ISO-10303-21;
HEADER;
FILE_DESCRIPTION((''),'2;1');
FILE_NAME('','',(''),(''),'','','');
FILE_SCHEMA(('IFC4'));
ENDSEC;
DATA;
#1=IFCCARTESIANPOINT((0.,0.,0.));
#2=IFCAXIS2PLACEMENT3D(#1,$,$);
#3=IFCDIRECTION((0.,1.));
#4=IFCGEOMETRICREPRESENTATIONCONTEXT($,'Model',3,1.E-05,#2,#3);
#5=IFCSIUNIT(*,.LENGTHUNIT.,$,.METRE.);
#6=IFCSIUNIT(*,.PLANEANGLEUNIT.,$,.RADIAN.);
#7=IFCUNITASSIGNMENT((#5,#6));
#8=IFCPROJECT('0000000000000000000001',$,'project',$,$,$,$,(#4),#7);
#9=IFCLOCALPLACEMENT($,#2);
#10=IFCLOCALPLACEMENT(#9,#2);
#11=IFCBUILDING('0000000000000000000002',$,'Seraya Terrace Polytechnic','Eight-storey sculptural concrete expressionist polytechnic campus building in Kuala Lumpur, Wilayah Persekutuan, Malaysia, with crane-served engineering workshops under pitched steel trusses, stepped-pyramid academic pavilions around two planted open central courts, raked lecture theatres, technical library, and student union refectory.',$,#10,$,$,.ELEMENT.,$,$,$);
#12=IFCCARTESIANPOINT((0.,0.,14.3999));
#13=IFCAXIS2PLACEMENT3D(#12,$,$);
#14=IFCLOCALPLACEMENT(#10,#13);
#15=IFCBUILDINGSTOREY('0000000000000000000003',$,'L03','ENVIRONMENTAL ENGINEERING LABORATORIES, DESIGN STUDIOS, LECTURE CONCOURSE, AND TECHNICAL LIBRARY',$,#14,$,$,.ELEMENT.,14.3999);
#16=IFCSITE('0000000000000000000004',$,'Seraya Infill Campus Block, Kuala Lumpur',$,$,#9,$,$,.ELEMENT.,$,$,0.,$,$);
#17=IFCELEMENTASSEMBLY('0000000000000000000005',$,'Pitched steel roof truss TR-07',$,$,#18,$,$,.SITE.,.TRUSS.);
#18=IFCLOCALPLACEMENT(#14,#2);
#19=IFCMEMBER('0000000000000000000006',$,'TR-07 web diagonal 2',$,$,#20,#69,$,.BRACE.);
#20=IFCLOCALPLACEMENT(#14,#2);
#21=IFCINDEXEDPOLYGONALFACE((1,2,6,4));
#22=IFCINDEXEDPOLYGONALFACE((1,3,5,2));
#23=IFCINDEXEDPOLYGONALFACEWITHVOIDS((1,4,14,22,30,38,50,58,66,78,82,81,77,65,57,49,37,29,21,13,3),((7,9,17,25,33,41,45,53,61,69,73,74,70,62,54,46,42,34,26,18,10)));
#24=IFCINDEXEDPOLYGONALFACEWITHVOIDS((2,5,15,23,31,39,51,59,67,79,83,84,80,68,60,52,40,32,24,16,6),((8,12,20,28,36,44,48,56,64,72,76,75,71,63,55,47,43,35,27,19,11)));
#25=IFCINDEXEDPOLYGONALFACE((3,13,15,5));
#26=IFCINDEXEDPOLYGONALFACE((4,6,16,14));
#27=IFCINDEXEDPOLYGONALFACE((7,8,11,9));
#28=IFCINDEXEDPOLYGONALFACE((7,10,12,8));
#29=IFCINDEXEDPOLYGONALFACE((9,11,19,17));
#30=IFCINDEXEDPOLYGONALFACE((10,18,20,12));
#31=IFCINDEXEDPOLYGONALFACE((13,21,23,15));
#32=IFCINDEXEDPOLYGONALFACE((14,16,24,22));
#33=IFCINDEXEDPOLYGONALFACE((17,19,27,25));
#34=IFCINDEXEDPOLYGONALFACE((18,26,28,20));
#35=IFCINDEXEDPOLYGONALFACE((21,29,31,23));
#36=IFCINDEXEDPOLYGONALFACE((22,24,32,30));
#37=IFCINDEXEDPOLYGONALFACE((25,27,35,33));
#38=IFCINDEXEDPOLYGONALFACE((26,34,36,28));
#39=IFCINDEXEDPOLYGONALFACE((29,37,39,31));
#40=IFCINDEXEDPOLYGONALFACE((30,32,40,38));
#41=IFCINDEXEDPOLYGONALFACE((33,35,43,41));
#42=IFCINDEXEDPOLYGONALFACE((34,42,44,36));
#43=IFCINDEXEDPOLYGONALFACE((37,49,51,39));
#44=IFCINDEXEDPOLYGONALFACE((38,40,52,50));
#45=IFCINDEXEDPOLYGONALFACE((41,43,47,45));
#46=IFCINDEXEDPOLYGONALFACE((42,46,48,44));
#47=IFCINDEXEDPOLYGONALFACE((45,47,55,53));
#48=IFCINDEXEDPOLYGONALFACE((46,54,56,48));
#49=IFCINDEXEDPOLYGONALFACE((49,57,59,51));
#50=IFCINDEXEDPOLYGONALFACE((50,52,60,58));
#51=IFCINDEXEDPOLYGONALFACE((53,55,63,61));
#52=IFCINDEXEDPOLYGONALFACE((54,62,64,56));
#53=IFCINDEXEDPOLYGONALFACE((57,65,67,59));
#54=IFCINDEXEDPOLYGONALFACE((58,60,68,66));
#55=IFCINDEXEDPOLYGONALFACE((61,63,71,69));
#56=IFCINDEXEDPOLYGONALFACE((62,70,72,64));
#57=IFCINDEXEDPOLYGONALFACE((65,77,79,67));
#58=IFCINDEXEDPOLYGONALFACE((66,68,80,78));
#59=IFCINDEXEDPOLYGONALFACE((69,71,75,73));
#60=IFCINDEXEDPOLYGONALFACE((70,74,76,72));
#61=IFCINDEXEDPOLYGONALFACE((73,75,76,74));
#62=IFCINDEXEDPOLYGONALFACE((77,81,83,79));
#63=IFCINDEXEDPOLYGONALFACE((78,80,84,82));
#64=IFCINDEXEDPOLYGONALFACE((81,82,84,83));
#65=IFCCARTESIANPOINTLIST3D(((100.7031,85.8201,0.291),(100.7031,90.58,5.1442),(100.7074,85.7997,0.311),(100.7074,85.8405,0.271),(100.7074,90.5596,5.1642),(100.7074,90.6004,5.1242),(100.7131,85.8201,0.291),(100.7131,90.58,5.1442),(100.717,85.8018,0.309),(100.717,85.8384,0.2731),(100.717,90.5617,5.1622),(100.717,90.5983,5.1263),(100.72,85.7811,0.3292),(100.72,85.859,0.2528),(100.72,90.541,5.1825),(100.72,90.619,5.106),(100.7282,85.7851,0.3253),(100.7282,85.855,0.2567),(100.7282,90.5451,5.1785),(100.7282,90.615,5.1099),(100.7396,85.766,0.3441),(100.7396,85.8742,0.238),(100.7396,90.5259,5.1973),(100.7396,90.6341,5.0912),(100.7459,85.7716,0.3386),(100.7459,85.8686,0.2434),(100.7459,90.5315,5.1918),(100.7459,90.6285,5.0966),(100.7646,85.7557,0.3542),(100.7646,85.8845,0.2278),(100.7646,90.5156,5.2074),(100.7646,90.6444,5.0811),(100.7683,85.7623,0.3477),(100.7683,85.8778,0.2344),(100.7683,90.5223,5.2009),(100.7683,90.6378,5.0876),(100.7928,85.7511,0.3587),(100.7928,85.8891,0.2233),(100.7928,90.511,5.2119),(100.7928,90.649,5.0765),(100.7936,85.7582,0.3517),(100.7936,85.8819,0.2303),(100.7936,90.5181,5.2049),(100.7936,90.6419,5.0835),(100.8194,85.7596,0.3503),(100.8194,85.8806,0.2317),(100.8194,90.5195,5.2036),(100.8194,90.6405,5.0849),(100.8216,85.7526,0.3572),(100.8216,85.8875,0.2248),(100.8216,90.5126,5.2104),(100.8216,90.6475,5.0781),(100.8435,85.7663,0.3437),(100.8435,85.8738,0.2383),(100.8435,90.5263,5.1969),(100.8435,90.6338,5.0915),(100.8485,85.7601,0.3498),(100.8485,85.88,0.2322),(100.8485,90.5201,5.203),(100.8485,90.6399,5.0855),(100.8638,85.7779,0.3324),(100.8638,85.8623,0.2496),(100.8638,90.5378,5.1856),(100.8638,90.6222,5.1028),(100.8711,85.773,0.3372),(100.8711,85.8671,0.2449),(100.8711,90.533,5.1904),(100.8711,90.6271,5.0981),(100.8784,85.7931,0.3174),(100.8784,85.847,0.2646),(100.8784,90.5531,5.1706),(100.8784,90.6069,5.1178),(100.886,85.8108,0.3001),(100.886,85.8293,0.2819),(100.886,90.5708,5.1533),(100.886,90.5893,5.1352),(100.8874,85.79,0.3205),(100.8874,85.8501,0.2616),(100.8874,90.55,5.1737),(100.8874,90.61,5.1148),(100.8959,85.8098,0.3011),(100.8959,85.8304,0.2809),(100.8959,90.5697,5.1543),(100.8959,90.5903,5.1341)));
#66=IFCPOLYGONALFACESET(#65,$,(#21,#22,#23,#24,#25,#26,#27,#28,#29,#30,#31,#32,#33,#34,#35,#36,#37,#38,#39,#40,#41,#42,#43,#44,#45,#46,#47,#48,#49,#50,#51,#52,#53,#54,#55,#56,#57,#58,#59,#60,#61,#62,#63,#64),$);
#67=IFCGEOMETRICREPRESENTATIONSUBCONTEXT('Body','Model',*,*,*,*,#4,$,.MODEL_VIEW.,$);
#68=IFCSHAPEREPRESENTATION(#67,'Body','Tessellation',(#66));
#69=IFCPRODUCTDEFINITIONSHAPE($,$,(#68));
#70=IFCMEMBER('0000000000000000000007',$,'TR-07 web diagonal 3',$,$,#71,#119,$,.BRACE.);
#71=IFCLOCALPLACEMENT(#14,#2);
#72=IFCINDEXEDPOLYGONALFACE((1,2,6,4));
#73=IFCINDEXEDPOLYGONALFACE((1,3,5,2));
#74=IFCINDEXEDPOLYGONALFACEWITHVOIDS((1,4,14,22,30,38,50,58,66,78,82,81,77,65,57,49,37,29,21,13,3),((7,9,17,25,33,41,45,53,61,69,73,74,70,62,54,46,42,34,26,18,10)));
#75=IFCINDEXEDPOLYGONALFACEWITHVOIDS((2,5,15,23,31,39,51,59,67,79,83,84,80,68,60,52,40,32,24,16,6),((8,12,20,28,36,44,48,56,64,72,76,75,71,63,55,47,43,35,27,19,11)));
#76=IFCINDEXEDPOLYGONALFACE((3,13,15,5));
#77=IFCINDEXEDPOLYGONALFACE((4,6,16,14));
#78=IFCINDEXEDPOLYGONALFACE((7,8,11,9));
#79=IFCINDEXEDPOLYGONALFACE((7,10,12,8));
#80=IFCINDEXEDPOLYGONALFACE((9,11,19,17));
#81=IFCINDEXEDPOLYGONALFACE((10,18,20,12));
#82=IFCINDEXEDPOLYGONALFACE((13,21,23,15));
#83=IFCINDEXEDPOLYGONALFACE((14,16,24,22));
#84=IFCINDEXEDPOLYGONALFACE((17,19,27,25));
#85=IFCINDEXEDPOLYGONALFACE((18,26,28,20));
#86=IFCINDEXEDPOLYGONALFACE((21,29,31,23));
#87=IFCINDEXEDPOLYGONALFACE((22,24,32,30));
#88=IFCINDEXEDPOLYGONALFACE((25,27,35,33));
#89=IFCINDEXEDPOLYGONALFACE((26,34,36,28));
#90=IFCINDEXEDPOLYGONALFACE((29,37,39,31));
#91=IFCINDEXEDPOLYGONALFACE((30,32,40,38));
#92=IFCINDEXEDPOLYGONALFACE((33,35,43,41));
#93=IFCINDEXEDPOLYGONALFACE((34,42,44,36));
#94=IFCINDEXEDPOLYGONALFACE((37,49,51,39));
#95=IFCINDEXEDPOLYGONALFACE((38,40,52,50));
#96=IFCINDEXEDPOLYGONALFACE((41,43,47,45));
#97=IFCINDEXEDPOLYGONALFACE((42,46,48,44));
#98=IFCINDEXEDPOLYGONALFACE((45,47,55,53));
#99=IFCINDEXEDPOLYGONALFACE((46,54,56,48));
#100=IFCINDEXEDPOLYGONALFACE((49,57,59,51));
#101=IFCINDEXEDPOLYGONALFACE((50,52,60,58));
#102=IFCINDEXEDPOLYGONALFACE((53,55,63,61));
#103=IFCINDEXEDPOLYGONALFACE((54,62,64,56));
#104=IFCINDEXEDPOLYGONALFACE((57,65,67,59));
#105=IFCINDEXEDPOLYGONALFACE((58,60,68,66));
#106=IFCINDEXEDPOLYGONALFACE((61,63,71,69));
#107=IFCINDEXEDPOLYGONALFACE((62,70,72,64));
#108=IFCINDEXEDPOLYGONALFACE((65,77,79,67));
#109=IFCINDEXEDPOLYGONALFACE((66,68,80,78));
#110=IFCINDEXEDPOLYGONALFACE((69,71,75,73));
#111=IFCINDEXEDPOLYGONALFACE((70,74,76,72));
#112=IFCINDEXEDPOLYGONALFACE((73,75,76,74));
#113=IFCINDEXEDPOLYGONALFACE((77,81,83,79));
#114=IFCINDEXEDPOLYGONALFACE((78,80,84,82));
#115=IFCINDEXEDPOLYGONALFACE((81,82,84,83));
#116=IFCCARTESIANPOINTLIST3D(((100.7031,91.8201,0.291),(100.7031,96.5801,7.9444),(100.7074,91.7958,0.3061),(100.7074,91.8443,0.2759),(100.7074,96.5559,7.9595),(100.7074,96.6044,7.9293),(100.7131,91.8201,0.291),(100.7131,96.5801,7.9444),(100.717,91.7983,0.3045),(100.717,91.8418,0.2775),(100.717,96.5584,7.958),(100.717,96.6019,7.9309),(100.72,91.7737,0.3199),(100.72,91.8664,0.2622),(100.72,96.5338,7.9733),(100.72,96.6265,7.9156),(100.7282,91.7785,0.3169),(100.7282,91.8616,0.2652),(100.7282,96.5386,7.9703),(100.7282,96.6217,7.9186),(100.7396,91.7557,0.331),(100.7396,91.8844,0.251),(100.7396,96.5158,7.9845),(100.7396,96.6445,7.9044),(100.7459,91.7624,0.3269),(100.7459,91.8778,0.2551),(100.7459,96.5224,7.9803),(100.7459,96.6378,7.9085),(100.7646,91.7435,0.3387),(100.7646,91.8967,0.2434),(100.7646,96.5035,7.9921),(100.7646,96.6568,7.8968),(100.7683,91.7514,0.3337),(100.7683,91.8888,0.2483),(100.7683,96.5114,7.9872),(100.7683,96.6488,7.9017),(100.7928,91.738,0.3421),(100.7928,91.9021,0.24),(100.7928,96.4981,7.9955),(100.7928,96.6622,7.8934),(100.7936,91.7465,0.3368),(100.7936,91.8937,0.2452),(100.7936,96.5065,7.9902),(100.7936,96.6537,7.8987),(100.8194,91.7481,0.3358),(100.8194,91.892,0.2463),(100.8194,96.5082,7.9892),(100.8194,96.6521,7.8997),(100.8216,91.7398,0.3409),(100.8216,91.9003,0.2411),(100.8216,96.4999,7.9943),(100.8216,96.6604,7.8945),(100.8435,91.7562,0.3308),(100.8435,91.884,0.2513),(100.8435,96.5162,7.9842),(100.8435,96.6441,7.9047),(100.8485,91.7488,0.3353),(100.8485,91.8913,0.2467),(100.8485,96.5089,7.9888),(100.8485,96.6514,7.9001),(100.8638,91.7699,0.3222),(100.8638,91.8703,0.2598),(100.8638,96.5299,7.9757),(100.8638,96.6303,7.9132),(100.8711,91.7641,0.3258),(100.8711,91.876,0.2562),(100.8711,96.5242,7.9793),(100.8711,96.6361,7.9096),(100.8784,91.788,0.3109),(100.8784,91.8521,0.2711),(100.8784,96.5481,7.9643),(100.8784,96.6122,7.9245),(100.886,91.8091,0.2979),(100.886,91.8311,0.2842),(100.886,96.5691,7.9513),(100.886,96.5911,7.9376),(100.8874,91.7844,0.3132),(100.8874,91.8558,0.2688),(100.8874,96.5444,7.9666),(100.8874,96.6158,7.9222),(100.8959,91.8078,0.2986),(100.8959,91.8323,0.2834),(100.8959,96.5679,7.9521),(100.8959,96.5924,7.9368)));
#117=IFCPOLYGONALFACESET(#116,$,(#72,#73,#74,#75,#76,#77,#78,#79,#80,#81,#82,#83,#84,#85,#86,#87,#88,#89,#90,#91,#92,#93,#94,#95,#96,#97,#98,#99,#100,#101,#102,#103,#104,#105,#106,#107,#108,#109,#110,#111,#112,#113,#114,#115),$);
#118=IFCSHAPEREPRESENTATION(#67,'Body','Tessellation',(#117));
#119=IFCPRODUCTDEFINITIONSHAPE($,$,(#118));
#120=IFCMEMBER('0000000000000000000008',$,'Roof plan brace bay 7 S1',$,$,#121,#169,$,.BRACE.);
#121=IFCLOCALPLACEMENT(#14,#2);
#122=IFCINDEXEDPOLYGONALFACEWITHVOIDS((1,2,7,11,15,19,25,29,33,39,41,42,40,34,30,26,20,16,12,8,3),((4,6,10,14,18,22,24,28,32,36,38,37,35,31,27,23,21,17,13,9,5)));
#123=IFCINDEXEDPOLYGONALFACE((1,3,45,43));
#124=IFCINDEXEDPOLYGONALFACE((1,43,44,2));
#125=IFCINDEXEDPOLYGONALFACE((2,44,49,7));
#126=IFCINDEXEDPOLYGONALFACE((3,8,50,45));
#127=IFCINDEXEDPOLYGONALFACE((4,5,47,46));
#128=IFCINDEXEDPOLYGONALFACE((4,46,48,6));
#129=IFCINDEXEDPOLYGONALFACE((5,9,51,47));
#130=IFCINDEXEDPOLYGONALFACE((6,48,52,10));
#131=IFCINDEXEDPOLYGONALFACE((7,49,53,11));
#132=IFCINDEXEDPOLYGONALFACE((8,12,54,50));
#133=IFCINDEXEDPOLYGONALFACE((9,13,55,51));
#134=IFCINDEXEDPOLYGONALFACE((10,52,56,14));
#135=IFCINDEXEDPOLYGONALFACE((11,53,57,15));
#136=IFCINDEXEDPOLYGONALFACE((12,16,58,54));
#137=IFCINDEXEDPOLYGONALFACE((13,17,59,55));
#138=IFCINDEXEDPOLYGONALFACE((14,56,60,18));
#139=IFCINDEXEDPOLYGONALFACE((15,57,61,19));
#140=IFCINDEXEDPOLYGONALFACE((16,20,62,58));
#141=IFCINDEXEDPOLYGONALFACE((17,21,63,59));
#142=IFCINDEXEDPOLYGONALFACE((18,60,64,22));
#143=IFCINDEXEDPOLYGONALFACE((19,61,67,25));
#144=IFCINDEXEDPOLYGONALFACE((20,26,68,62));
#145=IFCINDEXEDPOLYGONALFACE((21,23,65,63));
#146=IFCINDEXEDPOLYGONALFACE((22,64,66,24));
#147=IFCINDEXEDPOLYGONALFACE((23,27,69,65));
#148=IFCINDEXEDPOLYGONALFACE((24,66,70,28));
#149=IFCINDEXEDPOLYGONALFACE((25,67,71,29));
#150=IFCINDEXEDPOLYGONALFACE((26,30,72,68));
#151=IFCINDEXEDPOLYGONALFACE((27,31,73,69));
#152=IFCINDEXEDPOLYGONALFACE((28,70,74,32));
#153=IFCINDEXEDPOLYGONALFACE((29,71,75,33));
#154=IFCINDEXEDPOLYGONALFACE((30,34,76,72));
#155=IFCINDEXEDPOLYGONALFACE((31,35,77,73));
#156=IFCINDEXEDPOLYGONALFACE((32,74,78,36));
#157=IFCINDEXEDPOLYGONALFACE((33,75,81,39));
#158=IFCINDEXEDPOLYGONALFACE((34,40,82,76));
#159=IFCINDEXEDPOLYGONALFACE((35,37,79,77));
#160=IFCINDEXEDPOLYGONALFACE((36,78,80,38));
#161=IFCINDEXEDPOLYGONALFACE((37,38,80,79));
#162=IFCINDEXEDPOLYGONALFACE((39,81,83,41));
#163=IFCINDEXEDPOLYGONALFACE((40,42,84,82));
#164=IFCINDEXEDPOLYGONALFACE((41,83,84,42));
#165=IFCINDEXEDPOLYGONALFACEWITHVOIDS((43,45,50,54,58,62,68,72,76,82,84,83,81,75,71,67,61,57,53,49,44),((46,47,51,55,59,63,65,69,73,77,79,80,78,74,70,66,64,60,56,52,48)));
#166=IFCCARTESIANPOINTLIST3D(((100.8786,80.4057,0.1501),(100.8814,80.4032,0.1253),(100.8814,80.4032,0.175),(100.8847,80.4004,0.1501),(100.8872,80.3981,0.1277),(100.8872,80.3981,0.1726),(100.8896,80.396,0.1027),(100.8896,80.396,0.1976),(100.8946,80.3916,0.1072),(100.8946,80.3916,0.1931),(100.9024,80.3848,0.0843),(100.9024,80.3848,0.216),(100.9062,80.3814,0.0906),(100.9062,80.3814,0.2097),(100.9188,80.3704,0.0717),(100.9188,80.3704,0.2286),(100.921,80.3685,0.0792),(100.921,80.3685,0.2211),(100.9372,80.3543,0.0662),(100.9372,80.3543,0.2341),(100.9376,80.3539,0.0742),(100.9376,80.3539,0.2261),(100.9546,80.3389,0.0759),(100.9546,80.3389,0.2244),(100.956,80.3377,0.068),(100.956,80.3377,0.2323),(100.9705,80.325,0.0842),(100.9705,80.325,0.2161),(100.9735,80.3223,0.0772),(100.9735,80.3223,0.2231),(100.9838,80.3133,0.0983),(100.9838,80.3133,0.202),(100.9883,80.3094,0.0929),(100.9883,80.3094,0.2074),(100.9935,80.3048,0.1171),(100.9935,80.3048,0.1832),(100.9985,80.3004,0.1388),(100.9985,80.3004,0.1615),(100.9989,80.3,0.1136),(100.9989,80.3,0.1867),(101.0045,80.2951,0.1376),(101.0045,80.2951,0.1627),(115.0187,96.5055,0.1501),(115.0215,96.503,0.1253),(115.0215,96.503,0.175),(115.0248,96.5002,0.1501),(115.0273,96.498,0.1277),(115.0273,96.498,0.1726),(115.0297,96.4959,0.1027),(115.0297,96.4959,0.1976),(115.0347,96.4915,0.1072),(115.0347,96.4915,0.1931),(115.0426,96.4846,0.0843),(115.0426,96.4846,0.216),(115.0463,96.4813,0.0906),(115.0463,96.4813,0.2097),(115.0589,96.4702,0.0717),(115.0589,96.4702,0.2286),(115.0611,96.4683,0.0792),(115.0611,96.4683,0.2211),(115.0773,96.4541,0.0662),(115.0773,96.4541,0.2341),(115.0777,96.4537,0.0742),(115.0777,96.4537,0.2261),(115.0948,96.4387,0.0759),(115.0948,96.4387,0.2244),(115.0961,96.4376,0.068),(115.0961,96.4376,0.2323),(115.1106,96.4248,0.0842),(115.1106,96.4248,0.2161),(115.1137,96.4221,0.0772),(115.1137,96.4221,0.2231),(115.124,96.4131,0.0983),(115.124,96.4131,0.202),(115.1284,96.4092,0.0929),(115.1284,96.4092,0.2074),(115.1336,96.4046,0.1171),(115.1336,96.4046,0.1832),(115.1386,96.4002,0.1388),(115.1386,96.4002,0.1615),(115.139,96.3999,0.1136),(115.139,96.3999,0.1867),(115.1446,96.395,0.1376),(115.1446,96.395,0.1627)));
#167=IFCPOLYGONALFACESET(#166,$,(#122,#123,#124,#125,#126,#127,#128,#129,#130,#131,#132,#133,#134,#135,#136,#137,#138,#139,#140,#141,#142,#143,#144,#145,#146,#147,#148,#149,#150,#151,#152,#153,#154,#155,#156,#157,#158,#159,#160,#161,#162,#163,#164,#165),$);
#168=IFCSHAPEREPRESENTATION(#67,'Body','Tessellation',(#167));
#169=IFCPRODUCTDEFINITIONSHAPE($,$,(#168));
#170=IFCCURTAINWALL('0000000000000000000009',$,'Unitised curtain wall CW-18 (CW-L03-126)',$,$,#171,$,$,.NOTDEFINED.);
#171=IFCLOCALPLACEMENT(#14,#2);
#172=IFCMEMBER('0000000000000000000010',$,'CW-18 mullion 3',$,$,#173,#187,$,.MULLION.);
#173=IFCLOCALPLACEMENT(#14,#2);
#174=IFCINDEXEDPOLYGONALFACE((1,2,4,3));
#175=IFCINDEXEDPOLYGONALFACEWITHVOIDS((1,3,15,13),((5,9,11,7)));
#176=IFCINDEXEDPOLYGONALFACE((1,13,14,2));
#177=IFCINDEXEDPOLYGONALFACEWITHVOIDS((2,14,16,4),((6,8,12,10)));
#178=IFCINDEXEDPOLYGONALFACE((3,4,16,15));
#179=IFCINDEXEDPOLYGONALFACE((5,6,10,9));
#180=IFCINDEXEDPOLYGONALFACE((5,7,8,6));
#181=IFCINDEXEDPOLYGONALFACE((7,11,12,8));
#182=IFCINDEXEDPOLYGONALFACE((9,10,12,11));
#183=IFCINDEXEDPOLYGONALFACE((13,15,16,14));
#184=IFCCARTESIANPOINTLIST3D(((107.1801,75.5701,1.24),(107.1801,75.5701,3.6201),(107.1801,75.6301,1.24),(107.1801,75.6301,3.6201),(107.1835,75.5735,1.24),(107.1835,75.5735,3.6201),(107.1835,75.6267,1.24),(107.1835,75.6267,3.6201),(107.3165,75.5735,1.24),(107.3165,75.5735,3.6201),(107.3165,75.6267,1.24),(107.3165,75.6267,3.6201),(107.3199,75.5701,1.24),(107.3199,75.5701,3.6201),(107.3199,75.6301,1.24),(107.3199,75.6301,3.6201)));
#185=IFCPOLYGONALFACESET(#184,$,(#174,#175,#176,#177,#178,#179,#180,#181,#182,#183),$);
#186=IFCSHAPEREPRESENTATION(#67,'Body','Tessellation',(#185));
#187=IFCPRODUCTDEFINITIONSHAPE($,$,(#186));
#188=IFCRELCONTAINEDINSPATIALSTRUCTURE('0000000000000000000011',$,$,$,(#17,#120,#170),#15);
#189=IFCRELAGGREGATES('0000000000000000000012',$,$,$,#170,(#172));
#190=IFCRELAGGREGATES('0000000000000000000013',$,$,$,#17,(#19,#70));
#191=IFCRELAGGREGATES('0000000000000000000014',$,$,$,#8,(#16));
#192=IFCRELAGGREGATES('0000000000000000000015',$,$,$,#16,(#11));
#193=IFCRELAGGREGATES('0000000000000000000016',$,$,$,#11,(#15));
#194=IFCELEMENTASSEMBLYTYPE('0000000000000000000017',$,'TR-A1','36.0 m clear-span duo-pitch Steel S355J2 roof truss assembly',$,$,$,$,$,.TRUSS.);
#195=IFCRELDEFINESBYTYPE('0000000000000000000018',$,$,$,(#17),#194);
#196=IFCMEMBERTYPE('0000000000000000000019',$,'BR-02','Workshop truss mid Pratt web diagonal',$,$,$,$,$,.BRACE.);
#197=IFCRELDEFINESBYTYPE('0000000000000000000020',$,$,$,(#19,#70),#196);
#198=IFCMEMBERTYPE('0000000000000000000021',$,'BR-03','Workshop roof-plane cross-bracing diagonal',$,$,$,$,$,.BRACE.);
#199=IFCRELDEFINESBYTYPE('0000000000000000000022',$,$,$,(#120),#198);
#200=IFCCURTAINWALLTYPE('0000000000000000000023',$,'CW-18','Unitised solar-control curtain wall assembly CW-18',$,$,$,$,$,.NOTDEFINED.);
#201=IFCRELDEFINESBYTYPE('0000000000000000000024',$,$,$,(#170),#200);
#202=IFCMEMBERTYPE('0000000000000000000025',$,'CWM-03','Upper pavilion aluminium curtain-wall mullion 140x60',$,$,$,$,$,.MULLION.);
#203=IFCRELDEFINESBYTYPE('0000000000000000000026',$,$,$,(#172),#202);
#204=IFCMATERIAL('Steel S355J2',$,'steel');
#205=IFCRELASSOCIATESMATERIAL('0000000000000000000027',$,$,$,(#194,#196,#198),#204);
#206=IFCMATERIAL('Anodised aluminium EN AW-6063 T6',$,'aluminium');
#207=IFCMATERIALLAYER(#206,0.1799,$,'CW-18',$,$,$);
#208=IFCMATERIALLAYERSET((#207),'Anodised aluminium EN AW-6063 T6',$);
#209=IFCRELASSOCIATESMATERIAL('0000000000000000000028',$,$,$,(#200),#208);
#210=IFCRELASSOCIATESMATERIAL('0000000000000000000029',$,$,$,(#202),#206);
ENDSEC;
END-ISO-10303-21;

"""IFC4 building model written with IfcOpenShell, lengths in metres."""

from ifc_helpers import new_model, si_unit, direction, frame, origin, origin_2d, place, context, subcontext, project, spatial, hollow_rectangle, hollow_circle, extrude, material, layer, layer_set, material_profile, profile_set, type_object, element, aggregate, save


model = new_model("IFC4")

# Units and contexts
model_context = context("Model", 3, precision=1e-05, world=origin(), true_north=direction((0.0, 1.0)))
body_context = subcontext(model_context, "Body", "Model", "MODEL_VIEW")
ifc_project = project(units=[si_unit("LENGTHUNIT", "METRE"), si_unit("PLANEANGLEUNIT", "RADIAN")], contexts=[model_context])

# Site, building, storey
site_placement = place(None, origin())
site = spatial("IfcSite", under=ifc_project, at=site_placement, Name="Seraya Infill Campus Block, Kuala Lumpur", CompositionType="ELEMENT", RefElevation=0.0)
building_placement = place(site_placement, origin())
building = spatial("IfcBuilding", under=site, at=building_placement, Name="Seraya Terrace Polytechnic", Description="Eight-storey sculptural concrete expressionist polytechnic campus building in Kuala Lumpur, Wilayah Persekutuan, Malaysia, with crane-served engineering workshops under pitched steel trusses, stepped-pyramid academic pavilions around two planted open central courts, raked lecture theatres, technical library, and student union refectory.", CompositionType="ELEMENT")
storey_placement = place(building_placement, frame((0.0, 0.0, 14.3999)))
storey = spatial("IfcBuildingStorey", under=building, at=storey_placement, Name="L03", Description="ENVIRONMENTAL ENGINEERING LABORATORIES, DESIGN STUDIOS, LECTURE CONCOURSE, AND TECHNICAL LIBRARY", CompositionType="ELEMENT", Elevation=14.3999)

# Element assembly
ifc_material_1 = material(Name="Steel S355J2", Category="steel")
element_assembly_type = type_object("IfcElementAssemblyType", Name="TR-A1", Description="36.0 m clear-span duo-pitch Steel S355J2 roof truss assembly", PredefinedType="TRUSS", material=ifc_material_1)
assembly_placement = place(storey_placement, origin())
assembly = element("IfcElementAssembly", 1, at=assembly_placement, inside=storey, type_object=element_assembly_type, Name="Pitched steel roof truss TR-07", AssemblyPlace="SITE", PredefinedType="TRUSS")

# Members
ifc_material_profile_1 = material_profile(ifc_material_1, hollow_circle(Radius=0.0969, WallThickness=0.01, at=origin_2d()), Name="CHS 193.7x10.0")
ifc_profile_set_1 = profile_set([ifc_material_profile_1], Name="Steel S355J2")
member_type_1 = type_object("IfcMemberType", Name="BR-02", Description="Workshop truss mid Pratt web diagonal", PredefinedType="BRACE", material=ifc_profile_set_1)
member_1_placement = place(storey_placement, frame((100.8, 85.8201, 0.291), z_axis=(0.0, 0.700214, 0.713933), x_axis=(-1.0, 0.0, 0.0)))
member_1 = element("IfcMember", 2, at=member_1_placement, type_object=member_type_1, Name="TR-07 web diagonal 2", PredefinedType="BRACE", context=body_context, shape_type="SweptSolid", body=[
    extrude(hollow_circle(Radius=0.0969, WallThickness=0.01, at=origin_2d()), origin(), (0.0, 0.0, 1.0), 6.7979),
])
member_2_placement = place(storey_placement, frame((100.8, 91.8201, 0.291), z_axis=(0.0, 0.528137, 0.849159), x_axis=(-1.0, 0.0, 0.0)))
member_2 = element("IfcMember", 3, at=member_2_placement, type_object=member_type_1, Name="TR-07 web diagonal 3", PredefinedType="BRACE", context=body_context, shape_type="SweptSolid", body=[
    extrude(hollow_circle(Radius=0.0969, WallThickness=0.01, at=origin_2d()), origin(), (0.0, 0.0, 1.0), 9.0129),
])
ifc_material_profile_2 = material_profile(ifc_material_1, hollow_circle(Radius=0.0842, WallThickness=0.0081, at=origin_2d()), Name="CHS 168.3x8.0")
ifc_profile_set_2 = profile_set([ifc_material_profile_2], Name="Steel S355J2")
member_type_2 = type_object("IfcMemberType", Name="BR-03", Description="Workshop roof-plane cross-bracing diagonal", PredefinedType="BRACE", material=ifc_profile_set_2)
member_3_placement = place(storey_placement, frame((100.9419, 80.3501, 0.1501), z_axis=(0.659898, 0.751355, 0.0), x_axis=(-0.751355, 0.659898, 0.0)))
element("IfcMember", 4, at=member_3_placement, inside=storey, type_object=member_type_2, Name="Roof plan brace bay 7 S1", PredefinedType="BRACE", context=body_context, shape_type="SweptSolid", body=[
    extrude(hollow_circle(Radius=0.0842, WallThickness=0.0081, at=origin_2d()), origin(), (0.0, 0.0, 1.0), 21.4277),
])

# Curtain wall, member
ifc_material_2 = material(Name="Anodised aluminium EN AW-6063 T6", Category="aluminium")
ifc_layer_1 = layer(ifc_material_2, 0.1799, Name="CW-18")
ifc_layer_set_1 = layer_set([ifc_layer_1], Name="Anodised aluminium EN AW-6063 T6")
curtain_wall_type = type_object("IfcCurtainWallType", Name="CW-18", Description="Unitised solar-control curtain wall assembly CW-18", PredefinedType="NOTDEFINED", material=ifc_layer_set_1)
curtain_wall_placement = place(storey_placement, origin())
curtain_wall = element("IfcCurtainWall", 5, at=curtain_wall_placement, inside=storey, type_object=curtain_wall_type, Name="Unitised curtain wall CW-18 (CW-L03-126)", PredefinedType="NOTDEFINED")
ifc_material_profile_3 = material_profile(ifc_material_2, hollow_rectangle(XDim=0.0601, YDim=0.1399, WallThickness=0.0034, at=origin_2d()), Name="RHS 140x60x3.5")
ifc_profile_set_3 = profile_set([ifc_material_profile_3], Name="Anodised aluminium EN AW-6063 T6")
member_type_3 = type_object("IfcMemberType", Name="CWM-03", Description="Upper pavilion aluminium curtain-wall mullion 140x60", PredefinedType="MULLION", material=ifc_profile_set_3)
member_4_placement = place(storey_placement, frame((107.25, 75.6001, 1.24), z_axis=(0.0, 0.0, 1.0), x_axis=(0.0, 1.0, 0.0)))
member_4 = element("IfcMember", 6, at=member_4_placement, type_object=member_type_3, Name="CW-18 mullion 3", PredefinedType="MULLION", context=body_context, shape_type="SweptSolid", body=[
    extrude(hollow_rectangle(XDim=0.0601, YDim=0.1399, WallThickness=0.0034, at=origin_2d()), origin(), (0.0, 0.0, 1.0), 2.3801),
])
aggregate(curtain_wall, [member_4])

aggregate(assembly, [member_1, member_2])

save(model, "model.ifc")
